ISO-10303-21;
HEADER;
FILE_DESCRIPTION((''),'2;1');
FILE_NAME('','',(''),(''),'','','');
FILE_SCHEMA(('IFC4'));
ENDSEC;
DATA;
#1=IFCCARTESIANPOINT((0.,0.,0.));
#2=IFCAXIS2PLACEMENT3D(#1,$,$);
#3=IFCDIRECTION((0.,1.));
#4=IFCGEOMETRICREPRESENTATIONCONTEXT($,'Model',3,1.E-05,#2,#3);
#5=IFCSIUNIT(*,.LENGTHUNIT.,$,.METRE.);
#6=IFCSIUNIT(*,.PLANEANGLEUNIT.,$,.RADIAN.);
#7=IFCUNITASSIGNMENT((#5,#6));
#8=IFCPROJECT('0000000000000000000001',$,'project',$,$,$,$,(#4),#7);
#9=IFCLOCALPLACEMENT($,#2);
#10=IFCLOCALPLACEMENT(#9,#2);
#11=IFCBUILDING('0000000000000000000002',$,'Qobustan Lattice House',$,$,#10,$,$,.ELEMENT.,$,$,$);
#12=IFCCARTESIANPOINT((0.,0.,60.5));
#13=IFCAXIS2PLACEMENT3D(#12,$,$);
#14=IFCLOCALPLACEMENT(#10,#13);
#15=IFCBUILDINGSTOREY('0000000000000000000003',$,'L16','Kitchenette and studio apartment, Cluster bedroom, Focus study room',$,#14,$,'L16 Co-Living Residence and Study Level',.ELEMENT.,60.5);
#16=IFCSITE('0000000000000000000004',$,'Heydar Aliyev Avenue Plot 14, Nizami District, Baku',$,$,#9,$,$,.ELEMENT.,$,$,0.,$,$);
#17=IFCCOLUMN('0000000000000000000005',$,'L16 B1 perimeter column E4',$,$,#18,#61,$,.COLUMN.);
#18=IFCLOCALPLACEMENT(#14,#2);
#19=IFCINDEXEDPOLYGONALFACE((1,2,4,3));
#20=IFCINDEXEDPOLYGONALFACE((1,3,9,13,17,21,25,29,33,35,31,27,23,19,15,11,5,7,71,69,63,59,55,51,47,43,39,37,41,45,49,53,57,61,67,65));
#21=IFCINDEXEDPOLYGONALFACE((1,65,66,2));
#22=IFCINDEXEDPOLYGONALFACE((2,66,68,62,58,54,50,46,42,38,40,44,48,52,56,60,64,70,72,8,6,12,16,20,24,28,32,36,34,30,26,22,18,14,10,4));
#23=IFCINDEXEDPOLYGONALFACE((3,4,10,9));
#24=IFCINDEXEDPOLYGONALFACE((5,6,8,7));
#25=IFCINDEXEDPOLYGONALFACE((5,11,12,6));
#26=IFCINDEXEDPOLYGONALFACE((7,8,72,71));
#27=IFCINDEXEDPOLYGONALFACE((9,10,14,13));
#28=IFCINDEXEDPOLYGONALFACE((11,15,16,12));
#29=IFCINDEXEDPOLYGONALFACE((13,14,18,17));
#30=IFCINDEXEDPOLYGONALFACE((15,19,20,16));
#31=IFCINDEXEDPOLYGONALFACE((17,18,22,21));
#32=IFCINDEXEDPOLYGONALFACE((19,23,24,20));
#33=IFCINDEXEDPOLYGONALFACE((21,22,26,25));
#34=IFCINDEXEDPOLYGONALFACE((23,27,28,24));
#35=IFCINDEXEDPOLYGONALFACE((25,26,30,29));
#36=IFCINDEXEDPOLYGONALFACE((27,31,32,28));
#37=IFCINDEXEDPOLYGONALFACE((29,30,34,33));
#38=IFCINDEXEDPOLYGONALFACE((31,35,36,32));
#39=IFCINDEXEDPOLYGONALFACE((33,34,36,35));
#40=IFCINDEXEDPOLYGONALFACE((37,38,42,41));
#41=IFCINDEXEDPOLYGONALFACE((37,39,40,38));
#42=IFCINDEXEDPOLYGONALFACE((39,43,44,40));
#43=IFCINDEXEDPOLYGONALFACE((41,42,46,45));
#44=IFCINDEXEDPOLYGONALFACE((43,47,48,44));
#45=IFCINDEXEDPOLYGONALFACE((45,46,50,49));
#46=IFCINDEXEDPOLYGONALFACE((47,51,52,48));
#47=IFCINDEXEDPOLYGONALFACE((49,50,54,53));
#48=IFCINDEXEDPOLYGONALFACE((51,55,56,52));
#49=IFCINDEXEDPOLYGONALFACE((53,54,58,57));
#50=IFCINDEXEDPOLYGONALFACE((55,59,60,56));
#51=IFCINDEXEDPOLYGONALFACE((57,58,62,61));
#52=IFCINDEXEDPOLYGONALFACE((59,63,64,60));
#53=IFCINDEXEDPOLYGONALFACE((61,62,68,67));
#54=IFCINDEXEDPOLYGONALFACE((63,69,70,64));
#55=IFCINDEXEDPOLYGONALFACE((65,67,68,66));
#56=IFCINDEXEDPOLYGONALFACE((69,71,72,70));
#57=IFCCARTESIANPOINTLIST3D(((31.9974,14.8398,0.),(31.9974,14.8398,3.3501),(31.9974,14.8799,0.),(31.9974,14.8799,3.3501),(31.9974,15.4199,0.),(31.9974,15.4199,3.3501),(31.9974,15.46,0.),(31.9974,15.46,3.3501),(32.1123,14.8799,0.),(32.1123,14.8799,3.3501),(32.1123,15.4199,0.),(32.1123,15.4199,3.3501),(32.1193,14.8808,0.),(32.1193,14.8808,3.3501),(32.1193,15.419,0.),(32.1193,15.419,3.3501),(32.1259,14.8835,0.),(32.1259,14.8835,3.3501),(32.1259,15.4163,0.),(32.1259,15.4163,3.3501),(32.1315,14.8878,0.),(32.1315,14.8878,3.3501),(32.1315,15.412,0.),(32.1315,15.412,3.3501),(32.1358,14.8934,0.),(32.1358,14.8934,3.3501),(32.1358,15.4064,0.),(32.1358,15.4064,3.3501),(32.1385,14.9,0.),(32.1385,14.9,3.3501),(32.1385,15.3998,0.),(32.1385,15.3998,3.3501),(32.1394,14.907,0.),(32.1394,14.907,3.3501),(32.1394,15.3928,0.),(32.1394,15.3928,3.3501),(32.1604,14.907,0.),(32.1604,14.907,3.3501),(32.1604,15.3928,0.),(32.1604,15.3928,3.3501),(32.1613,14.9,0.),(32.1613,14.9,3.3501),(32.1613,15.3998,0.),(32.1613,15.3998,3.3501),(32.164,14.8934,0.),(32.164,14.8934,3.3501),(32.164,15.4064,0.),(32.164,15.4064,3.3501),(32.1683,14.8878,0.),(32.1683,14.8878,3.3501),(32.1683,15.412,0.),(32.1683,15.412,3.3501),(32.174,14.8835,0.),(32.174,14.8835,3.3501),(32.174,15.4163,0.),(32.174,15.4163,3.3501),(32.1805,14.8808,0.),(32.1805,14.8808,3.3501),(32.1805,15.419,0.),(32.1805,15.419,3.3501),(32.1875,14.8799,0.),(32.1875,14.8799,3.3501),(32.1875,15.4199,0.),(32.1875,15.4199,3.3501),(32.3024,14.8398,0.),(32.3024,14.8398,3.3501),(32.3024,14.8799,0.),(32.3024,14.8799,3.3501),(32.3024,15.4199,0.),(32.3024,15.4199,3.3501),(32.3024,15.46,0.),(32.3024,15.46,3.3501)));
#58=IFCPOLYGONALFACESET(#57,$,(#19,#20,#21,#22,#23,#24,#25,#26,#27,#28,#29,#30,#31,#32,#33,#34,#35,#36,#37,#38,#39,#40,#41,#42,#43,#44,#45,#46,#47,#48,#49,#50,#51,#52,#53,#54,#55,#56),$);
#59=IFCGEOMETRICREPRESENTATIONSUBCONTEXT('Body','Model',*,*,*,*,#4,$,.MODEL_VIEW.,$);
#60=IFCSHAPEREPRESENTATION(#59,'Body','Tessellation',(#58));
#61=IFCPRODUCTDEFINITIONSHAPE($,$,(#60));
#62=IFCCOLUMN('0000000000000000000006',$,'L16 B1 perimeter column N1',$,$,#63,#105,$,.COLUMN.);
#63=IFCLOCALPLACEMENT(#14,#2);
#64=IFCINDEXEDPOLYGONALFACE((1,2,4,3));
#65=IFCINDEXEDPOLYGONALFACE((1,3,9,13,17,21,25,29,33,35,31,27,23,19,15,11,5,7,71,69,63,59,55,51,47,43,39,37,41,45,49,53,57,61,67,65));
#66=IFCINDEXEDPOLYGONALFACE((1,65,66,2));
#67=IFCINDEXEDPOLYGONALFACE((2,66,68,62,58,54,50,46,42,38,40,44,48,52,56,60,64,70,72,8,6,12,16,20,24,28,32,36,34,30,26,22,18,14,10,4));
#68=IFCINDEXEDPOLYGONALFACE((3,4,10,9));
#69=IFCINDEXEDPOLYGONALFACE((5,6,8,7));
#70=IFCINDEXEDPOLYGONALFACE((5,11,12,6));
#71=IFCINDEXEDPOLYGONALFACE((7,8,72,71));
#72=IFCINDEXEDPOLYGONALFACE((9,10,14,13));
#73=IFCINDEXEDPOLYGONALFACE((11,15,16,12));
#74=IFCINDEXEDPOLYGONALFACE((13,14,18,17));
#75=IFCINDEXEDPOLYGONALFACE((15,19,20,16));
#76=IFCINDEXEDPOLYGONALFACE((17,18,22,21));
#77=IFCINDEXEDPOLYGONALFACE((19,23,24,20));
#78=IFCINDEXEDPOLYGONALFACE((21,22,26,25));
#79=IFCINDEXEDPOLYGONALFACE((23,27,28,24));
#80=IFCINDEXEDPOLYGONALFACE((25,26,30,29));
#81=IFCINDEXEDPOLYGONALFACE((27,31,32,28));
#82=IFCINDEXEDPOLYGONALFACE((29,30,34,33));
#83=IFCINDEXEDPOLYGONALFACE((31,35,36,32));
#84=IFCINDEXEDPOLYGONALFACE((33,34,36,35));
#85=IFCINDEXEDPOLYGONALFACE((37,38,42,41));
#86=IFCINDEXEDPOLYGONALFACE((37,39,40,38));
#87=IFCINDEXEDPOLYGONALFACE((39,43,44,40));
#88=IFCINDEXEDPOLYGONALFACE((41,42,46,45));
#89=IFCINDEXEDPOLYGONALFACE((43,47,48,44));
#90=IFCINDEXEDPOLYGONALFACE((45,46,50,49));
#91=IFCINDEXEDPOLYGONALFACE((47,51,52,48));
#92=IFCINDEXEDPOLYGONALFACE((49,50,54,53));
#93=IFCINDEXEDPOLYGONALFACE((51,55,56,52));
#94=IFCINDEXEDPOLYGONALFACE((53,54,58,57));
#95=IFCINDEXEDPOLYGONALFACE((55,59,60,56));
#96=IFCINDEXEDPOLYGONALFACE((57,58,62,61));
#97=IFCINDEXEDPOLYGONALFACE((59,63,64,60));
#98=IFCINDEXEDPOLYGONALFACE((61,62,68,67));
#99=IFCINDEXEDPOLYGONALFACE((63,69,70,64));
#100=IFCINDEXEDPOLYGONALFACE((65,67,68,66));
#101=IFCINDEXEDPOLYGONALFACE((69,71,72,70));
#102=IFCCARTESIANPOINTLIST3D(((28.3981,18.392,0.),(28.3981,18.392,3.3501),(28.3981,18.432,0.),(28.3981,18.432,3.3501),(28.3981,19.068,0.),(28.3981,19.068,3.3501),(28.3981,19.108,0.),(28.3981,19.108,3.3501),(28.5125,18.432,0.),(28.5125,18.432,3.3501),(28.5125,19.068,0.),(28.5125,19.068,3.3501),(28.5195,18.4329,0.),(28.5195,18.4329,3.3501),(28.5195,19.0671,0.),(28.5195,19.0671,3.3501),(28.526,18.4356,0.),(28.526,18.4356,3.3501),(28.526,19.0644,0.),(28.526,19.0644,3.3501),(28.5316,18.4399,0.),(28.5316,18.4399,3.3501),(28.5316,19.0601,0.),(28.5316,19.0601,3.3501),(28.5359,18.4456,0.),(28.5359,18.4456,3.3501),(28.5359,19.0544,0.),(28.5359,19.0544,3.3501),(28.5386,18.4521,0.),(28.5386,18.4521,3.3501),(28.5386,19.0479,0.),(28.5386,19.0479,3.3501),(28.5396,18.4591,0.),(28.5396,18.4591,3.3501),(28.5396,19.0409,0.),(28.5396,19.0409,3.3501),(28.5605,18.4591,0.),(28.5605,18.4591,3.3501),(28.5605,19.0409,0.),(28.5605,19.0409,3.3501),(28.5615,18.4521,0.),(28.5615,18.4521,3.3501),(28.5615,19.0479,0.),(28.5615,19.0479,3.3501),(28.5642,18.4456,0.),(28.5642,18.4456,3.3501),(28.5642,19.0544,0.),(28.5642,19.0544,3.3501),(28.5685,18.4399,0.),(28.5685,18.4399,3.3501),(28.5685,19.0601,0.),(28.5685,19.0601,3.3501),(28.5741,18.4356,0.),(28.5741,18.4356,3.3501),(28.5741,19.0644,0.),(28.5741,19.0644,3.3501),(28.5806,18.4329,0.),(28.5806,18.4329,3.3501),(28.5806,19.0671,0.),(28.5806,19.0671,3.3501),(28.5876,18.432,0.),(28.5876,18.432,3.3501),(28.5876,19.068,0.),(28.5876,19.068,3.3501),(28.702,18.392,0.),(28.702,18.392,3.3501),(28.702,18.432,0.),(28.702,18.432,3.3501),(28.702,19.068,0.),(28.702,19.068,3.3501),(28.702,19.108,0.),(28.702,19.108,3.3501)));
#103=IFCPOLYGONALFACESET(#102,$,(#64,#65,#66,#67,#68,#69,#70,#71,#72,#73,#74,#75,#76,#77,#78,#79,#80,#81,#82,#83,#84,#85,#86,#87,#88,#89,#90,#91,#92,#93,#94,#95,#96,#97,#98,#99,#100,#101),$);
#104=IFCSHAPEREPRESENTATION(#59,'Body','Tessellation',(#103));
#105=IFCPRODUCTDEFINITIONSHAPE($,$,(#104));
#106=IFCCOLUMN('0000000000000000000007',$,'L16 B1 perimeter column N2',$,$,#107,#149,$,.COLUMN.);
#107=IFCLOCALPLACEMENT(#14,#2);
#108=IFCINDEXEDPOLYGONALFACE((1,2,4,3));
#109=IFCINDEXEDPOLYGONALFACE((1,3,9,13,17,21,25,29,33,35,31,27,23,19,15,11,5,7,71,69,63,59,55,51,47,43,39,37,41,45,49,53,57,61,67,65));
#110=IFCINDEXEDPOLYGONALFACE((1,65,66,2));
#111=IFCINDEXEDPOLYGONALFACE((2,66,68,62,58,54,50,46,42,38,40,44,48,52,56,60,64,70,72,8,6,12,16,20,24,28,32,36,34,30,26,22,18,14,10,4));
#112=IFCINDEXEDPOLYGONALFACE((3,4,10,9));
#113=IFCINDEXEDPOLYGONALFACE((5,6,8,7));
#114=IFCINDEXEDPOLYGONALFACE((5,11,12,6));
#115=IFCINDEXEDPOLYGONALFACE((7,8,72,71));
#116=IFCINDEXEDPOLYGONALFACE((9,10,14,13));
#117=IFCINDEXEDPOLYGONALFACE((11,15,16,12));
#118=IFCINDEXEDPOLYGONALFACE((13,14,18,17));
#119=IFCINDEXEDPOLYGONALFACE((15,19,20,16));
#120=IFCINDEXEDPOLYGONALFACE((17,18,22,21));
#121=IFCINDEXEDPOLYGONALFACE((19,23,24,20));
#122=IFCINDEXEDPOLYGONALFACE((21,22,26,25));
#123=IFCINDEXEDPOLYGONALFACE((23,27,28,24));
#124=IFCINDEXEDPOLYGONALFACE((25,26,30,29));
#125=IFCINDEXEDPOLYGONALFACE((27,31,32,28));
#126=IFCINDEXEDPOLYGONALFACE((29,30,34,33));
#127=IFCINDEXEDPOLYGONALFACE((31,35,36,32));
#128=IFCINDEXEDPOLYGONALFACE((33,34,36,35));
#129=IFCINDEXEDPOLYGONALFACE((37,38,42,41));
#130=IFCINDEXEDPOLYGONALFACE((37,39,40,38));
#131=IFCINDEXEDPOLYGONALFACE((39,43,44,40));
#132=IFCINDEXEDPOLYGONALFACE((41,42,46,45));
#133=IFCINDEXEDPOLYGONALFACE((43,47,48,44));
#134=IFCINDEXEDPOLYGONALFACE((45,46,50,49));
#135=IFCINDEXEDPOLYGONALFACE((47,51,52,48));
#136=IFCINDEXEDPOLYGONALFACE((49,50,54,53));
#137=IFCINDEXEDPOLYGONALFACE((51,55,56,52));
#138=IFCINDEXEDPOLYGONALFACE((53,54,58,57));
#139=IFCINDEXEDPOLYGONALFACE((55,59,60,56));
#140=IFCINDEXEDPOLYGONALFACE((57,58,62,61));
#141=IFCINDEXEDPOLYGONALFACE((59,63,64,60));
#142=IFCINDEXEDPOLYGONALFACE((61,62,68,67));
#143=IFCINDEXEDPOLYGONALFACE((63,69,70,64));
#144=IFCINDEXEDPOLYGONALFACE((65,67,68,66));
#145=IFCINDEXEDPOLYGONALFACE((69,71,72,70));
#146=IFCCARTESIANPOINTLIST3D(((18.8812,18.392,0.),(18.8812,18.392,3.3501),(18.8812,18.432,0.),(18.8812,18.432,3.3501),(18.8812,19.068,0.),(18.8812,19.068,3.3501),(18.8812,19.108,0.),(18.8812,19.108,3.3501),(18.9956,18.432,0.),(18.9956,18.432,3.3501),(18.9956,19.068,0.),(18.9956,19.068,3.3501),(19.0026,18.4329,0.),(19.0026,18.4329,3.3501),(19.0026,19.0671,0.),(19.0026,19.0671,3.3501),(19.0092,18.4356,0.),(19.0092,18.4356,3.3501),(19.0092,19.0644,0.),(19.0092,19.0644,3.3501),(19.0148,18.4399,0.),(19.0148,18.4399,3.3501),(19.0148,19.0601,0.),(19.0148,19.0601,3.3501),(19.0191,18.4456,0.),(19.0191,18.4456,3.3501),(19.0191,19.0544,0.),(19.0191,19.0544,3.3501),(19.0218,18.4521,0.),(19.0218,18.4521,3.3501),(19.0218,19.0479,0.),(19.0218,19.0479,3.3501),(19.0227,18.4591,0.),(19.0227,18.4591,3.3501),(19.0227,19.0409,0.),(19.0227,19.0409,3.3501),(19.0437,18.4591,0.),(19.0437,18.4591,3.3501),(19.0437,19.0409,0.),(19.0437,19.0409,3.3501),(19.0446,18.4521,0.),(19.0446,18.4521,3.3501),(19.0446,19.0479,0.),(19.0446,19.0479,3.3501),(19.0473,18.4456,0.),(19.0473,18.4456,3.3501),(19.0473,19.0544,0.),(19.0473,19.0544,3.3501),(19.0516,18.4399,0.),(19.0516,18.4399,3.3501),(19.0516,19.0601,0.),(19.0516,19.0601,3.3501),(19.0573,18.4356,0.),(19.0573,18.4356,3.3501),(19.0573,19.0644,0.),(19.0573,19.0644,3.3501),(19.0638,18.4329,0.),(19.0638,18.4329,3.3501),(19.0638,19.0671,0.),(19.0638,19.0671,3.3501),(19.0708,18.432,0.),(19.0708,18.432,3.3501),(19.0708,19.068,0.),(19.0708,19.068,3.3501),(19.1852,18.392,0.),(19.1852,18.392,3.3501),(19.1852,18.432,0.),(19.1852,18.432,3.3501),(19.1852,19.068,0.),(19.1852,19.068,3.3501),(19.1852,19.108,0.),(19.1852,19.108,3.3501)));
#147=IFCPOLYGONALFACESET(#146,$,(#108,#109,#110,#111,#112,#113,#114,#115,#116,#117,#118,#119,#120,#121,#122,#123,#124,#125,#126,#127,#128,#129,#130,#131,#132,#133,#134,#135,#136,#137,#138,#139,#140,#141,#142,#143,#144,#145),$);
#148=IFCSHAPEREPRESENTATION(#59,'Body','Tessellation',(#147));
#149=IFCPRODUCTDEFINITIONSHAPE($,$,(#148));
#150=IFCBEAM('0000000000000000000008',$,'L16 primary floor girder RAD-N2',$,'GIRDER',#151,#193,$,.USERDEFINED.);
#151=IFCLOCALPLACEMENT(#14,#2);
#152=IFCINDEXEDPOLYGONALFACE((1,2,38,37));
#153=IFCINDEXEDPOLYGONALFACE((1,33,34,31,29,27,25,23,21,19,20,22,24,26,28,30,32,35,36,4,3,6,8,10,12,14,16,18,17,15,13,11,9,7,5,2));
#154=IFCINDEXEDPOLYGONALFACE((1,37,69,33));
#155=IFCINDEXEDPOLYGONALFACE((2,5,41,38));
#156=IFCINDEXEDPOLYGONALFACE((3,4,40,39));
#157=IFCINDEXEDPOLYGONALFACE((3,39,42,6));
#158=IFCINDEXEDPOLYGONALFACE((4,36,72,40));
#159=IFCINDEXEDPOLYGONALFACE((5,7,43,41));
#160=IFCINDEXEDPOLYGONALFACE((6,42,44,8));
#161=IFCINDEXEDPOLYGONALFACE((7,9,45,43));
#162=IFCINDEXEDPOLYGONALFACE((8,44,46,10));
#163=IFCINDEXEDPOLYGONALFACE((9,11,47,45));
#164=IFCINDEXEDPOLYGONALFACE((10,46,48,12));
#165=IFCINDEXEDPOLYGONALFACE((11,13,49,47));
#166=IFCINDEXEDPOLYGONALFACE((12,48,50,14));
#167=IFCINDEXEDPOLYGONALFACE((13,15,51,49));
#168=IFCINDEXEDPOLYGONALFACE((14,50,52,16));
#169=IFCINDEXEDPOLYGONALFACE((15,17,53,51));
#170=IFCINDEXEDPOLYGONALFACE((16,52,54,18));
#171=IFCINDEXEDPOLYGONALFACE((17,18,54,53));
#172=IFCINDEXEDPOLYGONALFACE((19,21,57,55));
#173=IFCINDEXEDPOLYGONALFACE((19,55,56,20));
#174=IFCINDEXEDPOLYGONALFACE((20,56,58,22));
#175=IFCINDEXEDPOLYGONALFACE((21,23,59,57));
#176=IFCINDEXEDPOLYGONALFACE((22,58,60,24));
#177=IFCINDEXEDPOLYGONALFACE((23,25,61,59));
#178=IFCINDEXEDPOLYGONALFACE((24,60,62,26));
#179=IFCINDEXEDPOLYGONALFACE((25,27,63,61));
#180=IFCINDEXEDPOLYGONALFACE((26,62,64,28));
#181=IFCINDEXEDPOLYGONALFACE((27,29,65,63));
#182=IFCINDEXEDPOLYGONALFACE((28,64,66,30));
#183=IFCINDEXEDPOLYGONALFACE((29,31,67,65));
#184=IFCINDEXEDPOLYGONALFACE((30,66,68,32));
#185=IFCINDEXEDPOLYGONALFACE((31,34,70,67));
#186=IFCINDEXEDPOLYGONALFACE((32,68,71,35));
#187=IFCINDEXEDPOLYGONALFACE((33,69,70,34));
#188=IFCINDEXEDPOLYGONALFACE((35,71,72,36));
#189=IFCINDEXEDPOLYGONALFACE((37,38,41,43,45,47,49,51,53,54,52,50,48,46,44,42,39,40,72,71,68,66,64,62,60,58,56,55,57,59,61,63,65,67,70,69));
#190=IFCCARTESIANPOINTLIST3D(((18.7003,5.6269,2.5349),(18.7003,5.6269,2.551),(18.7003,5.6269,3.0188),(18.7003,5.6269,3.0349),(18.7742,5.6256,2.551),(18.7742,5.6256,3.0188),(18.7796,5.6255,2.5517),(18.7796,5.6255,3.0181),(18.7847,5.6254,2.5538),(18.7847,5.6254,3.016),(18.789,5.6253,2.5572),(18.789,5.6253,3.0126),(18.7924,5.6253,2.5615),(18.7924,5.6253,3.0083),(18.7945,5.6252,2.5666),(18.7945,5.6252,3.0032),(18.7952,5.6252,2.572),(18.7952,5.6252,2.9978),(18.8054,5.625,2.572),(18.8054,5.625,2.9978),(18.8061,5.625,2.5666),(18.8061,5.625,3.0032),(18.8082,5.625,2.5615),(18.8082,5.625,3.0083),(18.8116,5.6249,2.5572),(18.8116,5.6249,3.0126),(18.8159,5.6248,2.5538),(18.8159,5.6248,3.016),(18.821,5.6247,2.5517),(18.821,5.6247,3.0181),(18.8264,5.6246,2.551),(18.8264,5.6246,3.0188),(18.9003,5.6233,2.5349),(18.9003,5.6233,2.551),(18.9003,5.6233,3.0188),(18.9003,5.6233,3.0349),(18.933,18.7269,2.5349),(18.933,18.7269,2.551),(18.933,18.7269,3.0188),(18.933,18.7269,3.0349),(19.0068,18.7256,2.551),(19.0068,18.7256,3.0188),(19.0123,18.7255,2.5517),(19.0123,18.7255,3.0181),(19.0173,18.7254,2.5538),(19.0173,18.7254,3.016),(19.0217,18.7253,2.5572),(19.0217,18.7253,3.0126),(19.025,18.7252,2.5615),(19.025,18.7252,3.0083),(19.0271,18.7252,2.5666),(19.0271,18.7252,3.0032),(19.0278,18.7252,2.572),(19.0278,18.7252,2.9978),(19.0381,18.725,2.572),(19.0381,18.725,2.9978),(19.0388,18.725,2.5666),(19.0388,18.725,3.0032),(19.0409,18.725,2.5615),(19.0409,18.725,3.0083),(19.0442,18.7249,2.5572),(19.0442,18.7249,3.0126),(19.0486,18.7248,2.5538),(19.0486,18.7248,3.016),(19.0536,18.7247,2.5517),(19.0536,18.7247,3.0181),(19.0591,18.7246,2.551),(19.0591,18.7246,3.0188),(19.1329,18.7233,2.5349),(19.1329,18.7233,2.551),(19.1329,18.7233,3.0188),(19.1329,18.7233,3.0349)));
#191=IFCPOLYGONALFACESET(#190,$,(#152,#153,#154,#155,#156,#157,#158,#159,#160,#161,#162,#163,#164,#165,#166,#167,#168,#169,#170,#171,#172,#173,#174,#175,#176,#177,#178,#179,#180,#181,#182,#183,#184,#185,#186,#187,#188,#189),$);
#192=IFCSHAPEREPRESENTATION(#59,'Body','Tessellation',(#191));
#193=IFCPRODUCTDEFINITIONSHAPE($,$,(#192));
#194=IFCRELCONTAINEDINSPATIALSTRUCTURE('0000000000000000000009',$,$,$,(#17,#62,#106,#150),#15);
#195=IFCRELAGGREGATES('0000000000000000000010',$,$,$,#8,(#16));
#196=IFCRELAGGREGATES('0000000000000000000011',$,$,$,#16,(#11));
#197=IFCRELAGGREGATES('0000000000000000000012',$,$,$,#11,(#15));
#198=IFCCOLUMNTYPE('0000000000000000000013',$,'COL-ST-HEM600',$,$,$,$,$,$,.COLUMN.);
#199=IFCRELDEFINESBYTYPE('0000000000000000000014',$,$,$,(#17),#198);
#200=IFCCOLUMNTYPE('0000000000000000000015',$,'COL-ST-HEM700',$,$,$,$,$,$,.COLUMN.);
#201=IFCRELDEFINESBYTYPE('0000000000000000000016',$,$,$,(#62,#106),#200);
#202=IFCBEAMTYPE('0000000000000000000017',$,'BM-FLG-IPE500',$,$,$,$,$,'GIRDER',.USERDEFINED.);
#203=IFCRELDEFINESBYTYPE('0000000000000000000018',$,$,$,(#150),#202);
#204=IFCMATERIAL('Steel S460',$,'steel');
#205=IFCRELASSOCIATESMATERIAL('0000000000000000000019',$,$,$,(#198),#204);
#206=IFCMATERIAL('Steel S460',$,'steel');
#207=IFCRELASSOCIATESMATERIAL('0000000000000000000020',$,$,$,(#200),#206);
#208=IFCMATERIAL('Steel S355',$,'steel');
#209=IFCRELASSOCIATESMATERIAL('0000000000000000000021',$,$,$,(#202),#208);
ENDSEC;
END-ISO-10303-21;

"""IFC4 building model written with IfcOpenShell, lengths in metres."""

from ifc_helpers import new_model, si_unit, direction, frame, origin, origin_2d, place, context, subcontext, project, spatial, i_section, extrude, material, material_profile, profile_set, type_object, element, save


model = new_model("IFC4")

# Units and contexts
model_context = context("Model", 3, precision=1e-05, world=origin(), true_north=direction((0.0, 1.0)))
body_context = subcontext(model_context, "Body", "Model", "MODEL_VIEW")
ifc_project = project(units=[si_unit("LENGTHUNIT", "METRE"), si_unit("PLANEANGLEUNIT", "RADIAN")], contexts=[model_context])

# Site, building, storey
site_placement = place(None, origin())
site = spatial("IfcSite", under=ifc_project, at=site_placement, Name="Heydar Aliyev Avenue Plot 14, Nizami District, Baku", CompositionType="ELEMENT", RefElevation=0.0)
building_placement = place(site_placement, origin())
building = spatial("IfcBuilding", under=site, at=building_placement, Name="Qobustan Lattice House", CompositionType="ELEMENT")
storey_placement = place(building_placement, frame((0.0, 0.0, 60.5)))
storey = spatial("IfcBuildingStorey", under=building, at=storey_placement, Name="L16", Description="Kitchenette and studio apartment, Cluster bedroom, Focus study room", LongName="L16 Co-Living Residence and Study Level", CompositionType="ELEMENT", Elevation=60.5)

# Columns
ifc_material_1 = material(Name="Steel S460", Category="steel")
ifc_material_profile_1 = material_profile(ifc_material_1, i_section(OverallWidth=0.3049, OverallDepth=0.6201, WebThickness=0.021, FlangeThickness=0.04, FilletRadius=0.0271, at=origin_2d()), Name="HEM600")
ifc_profile_set_1 = profile_set([ifc_material_profile_1], Name="Steel S460")
column_type_1 = type_object("IfcColumnType", Name="COL-ST-HEM600", PredefinedType="COLUMN", material=ifc_profile_set_1)
column_placement = place(storey_placement, frame((32.1499, 15.1499, 0.0), z_axis=(0.0, 0.0, 1.0), x_axis=(1.0, 0.0, 0.0)))
element("IfcColumn", 1, at=column_placement, inside=storey, type_object=column_type_1, Name="L16 B1 perimeter column E4", PredefinedType="COLUMN", context=body_context, shape_type="SweptSolid", body=[
    extrude(i_section(OverallWidth=0.3049, OverallDepth=0.6201, WebThickness=0.021, FlangeThickness=0.04, FilletRadius=0.0271, at=origin_2d()), origin(), (0.0, 0.0, 1.0), 3.3501),
])
ifc_material_2 = material(Name="Steel S460", Category="steel")
ifc_material_profile_2 = material_profile(ifc_material_2, i_section(OverallWidth=0.304, OverallDepth=0.7161, WebThickness=0.021, FlangeThickness=0.04, FilletRadius=0.0271, at=origin_2d()), Name="HEM700")
ifc_profile_set_2 = profile_set([ifc_material_profile_2], Name="Steel S460")
column_type_2 = type_object("IfcColumnType", Name="COL-ST-HEM700", PredefinedType="COLUMN", material=ifc_profile_set_2)
for number, where, z_axis, x_axis, name in (
    (2, (28.55, 18.75, 0.0), (0.0, 0.0, 1.0), (1.0, 0.0, 0.0), "L16 B1 perimeter column N1"),
    (3, (19.0332, 18.75, 0.0), (0.0, 0.0, 1.0), (1.0, 0.0, 0.0), "L16 B1 perimeter column N2"),
):
    element("IfcColumn", number, at=place(storey_placement, frame(where, z_axis=z_axis, x_axis=x_axis)), inside=storey, type_object=column_type_2, Name=name, PredefinedType="COLUMN", context=body_context, shape_type="SweptSolid", body=[
        extrude(i_section(OverallWidth=0.304, OverallDepth=0.7161, WebThickness=0.021, FlangeThickness=0.04, FilletRadius=0.0271, at=origin_2d()), origin(), (0.0, 0.0, 1.0), 3.3501),
    ])

# Beam
ifc_material_3 = material(Name="Steel S355", Category="steel")
ifc_material_profile_3 = material_profile(ifc_material_3, i_section(OverallWidth=0.2, OverallDepth=0.5, WebThickness=0.0103, FlangeThickness=0.0161, FilletRadius=0.021, at=origin_2d()), Name="IPE500")
ifc_profile_set_3 = profile_set([ifc_material_profile_3], Name="Steel S355")
beam_type_1 = type_object("IfcBeamType", Name="BM-FLG-IPE500", ElementType="GIRDER", PredefinedType="USERDEFINED", material=ifc_profile_set_3)
beam_1_placement = place(storey_placement, frame((19.033, 18.7251, 2.7849), z_axis=(-0.017758, -0.999842, 0.0), x_axis=(0.999842, -0.017758, 0.0)))
element("IfcBeam", 4, at=beam_1_placement, inside=storey, type_object=beam_type_1, Name="L16 primary floor girder RAD-N2", ObjectType="GIRDER", PredefinedType="USERDEFINED", context=body_context, shape_type="SweptSolid", body=[
    extrude(i_section(OverallWidth=0.2, OverallDepth=0.5, WebThickness=0.0103, FlangeThickness=0.0161, FilletRadius=0.021, at=origin_2d()), origin(), (0.0, 0.0, 1.0), 13.1021),
])

save(model, "model.ifc")
